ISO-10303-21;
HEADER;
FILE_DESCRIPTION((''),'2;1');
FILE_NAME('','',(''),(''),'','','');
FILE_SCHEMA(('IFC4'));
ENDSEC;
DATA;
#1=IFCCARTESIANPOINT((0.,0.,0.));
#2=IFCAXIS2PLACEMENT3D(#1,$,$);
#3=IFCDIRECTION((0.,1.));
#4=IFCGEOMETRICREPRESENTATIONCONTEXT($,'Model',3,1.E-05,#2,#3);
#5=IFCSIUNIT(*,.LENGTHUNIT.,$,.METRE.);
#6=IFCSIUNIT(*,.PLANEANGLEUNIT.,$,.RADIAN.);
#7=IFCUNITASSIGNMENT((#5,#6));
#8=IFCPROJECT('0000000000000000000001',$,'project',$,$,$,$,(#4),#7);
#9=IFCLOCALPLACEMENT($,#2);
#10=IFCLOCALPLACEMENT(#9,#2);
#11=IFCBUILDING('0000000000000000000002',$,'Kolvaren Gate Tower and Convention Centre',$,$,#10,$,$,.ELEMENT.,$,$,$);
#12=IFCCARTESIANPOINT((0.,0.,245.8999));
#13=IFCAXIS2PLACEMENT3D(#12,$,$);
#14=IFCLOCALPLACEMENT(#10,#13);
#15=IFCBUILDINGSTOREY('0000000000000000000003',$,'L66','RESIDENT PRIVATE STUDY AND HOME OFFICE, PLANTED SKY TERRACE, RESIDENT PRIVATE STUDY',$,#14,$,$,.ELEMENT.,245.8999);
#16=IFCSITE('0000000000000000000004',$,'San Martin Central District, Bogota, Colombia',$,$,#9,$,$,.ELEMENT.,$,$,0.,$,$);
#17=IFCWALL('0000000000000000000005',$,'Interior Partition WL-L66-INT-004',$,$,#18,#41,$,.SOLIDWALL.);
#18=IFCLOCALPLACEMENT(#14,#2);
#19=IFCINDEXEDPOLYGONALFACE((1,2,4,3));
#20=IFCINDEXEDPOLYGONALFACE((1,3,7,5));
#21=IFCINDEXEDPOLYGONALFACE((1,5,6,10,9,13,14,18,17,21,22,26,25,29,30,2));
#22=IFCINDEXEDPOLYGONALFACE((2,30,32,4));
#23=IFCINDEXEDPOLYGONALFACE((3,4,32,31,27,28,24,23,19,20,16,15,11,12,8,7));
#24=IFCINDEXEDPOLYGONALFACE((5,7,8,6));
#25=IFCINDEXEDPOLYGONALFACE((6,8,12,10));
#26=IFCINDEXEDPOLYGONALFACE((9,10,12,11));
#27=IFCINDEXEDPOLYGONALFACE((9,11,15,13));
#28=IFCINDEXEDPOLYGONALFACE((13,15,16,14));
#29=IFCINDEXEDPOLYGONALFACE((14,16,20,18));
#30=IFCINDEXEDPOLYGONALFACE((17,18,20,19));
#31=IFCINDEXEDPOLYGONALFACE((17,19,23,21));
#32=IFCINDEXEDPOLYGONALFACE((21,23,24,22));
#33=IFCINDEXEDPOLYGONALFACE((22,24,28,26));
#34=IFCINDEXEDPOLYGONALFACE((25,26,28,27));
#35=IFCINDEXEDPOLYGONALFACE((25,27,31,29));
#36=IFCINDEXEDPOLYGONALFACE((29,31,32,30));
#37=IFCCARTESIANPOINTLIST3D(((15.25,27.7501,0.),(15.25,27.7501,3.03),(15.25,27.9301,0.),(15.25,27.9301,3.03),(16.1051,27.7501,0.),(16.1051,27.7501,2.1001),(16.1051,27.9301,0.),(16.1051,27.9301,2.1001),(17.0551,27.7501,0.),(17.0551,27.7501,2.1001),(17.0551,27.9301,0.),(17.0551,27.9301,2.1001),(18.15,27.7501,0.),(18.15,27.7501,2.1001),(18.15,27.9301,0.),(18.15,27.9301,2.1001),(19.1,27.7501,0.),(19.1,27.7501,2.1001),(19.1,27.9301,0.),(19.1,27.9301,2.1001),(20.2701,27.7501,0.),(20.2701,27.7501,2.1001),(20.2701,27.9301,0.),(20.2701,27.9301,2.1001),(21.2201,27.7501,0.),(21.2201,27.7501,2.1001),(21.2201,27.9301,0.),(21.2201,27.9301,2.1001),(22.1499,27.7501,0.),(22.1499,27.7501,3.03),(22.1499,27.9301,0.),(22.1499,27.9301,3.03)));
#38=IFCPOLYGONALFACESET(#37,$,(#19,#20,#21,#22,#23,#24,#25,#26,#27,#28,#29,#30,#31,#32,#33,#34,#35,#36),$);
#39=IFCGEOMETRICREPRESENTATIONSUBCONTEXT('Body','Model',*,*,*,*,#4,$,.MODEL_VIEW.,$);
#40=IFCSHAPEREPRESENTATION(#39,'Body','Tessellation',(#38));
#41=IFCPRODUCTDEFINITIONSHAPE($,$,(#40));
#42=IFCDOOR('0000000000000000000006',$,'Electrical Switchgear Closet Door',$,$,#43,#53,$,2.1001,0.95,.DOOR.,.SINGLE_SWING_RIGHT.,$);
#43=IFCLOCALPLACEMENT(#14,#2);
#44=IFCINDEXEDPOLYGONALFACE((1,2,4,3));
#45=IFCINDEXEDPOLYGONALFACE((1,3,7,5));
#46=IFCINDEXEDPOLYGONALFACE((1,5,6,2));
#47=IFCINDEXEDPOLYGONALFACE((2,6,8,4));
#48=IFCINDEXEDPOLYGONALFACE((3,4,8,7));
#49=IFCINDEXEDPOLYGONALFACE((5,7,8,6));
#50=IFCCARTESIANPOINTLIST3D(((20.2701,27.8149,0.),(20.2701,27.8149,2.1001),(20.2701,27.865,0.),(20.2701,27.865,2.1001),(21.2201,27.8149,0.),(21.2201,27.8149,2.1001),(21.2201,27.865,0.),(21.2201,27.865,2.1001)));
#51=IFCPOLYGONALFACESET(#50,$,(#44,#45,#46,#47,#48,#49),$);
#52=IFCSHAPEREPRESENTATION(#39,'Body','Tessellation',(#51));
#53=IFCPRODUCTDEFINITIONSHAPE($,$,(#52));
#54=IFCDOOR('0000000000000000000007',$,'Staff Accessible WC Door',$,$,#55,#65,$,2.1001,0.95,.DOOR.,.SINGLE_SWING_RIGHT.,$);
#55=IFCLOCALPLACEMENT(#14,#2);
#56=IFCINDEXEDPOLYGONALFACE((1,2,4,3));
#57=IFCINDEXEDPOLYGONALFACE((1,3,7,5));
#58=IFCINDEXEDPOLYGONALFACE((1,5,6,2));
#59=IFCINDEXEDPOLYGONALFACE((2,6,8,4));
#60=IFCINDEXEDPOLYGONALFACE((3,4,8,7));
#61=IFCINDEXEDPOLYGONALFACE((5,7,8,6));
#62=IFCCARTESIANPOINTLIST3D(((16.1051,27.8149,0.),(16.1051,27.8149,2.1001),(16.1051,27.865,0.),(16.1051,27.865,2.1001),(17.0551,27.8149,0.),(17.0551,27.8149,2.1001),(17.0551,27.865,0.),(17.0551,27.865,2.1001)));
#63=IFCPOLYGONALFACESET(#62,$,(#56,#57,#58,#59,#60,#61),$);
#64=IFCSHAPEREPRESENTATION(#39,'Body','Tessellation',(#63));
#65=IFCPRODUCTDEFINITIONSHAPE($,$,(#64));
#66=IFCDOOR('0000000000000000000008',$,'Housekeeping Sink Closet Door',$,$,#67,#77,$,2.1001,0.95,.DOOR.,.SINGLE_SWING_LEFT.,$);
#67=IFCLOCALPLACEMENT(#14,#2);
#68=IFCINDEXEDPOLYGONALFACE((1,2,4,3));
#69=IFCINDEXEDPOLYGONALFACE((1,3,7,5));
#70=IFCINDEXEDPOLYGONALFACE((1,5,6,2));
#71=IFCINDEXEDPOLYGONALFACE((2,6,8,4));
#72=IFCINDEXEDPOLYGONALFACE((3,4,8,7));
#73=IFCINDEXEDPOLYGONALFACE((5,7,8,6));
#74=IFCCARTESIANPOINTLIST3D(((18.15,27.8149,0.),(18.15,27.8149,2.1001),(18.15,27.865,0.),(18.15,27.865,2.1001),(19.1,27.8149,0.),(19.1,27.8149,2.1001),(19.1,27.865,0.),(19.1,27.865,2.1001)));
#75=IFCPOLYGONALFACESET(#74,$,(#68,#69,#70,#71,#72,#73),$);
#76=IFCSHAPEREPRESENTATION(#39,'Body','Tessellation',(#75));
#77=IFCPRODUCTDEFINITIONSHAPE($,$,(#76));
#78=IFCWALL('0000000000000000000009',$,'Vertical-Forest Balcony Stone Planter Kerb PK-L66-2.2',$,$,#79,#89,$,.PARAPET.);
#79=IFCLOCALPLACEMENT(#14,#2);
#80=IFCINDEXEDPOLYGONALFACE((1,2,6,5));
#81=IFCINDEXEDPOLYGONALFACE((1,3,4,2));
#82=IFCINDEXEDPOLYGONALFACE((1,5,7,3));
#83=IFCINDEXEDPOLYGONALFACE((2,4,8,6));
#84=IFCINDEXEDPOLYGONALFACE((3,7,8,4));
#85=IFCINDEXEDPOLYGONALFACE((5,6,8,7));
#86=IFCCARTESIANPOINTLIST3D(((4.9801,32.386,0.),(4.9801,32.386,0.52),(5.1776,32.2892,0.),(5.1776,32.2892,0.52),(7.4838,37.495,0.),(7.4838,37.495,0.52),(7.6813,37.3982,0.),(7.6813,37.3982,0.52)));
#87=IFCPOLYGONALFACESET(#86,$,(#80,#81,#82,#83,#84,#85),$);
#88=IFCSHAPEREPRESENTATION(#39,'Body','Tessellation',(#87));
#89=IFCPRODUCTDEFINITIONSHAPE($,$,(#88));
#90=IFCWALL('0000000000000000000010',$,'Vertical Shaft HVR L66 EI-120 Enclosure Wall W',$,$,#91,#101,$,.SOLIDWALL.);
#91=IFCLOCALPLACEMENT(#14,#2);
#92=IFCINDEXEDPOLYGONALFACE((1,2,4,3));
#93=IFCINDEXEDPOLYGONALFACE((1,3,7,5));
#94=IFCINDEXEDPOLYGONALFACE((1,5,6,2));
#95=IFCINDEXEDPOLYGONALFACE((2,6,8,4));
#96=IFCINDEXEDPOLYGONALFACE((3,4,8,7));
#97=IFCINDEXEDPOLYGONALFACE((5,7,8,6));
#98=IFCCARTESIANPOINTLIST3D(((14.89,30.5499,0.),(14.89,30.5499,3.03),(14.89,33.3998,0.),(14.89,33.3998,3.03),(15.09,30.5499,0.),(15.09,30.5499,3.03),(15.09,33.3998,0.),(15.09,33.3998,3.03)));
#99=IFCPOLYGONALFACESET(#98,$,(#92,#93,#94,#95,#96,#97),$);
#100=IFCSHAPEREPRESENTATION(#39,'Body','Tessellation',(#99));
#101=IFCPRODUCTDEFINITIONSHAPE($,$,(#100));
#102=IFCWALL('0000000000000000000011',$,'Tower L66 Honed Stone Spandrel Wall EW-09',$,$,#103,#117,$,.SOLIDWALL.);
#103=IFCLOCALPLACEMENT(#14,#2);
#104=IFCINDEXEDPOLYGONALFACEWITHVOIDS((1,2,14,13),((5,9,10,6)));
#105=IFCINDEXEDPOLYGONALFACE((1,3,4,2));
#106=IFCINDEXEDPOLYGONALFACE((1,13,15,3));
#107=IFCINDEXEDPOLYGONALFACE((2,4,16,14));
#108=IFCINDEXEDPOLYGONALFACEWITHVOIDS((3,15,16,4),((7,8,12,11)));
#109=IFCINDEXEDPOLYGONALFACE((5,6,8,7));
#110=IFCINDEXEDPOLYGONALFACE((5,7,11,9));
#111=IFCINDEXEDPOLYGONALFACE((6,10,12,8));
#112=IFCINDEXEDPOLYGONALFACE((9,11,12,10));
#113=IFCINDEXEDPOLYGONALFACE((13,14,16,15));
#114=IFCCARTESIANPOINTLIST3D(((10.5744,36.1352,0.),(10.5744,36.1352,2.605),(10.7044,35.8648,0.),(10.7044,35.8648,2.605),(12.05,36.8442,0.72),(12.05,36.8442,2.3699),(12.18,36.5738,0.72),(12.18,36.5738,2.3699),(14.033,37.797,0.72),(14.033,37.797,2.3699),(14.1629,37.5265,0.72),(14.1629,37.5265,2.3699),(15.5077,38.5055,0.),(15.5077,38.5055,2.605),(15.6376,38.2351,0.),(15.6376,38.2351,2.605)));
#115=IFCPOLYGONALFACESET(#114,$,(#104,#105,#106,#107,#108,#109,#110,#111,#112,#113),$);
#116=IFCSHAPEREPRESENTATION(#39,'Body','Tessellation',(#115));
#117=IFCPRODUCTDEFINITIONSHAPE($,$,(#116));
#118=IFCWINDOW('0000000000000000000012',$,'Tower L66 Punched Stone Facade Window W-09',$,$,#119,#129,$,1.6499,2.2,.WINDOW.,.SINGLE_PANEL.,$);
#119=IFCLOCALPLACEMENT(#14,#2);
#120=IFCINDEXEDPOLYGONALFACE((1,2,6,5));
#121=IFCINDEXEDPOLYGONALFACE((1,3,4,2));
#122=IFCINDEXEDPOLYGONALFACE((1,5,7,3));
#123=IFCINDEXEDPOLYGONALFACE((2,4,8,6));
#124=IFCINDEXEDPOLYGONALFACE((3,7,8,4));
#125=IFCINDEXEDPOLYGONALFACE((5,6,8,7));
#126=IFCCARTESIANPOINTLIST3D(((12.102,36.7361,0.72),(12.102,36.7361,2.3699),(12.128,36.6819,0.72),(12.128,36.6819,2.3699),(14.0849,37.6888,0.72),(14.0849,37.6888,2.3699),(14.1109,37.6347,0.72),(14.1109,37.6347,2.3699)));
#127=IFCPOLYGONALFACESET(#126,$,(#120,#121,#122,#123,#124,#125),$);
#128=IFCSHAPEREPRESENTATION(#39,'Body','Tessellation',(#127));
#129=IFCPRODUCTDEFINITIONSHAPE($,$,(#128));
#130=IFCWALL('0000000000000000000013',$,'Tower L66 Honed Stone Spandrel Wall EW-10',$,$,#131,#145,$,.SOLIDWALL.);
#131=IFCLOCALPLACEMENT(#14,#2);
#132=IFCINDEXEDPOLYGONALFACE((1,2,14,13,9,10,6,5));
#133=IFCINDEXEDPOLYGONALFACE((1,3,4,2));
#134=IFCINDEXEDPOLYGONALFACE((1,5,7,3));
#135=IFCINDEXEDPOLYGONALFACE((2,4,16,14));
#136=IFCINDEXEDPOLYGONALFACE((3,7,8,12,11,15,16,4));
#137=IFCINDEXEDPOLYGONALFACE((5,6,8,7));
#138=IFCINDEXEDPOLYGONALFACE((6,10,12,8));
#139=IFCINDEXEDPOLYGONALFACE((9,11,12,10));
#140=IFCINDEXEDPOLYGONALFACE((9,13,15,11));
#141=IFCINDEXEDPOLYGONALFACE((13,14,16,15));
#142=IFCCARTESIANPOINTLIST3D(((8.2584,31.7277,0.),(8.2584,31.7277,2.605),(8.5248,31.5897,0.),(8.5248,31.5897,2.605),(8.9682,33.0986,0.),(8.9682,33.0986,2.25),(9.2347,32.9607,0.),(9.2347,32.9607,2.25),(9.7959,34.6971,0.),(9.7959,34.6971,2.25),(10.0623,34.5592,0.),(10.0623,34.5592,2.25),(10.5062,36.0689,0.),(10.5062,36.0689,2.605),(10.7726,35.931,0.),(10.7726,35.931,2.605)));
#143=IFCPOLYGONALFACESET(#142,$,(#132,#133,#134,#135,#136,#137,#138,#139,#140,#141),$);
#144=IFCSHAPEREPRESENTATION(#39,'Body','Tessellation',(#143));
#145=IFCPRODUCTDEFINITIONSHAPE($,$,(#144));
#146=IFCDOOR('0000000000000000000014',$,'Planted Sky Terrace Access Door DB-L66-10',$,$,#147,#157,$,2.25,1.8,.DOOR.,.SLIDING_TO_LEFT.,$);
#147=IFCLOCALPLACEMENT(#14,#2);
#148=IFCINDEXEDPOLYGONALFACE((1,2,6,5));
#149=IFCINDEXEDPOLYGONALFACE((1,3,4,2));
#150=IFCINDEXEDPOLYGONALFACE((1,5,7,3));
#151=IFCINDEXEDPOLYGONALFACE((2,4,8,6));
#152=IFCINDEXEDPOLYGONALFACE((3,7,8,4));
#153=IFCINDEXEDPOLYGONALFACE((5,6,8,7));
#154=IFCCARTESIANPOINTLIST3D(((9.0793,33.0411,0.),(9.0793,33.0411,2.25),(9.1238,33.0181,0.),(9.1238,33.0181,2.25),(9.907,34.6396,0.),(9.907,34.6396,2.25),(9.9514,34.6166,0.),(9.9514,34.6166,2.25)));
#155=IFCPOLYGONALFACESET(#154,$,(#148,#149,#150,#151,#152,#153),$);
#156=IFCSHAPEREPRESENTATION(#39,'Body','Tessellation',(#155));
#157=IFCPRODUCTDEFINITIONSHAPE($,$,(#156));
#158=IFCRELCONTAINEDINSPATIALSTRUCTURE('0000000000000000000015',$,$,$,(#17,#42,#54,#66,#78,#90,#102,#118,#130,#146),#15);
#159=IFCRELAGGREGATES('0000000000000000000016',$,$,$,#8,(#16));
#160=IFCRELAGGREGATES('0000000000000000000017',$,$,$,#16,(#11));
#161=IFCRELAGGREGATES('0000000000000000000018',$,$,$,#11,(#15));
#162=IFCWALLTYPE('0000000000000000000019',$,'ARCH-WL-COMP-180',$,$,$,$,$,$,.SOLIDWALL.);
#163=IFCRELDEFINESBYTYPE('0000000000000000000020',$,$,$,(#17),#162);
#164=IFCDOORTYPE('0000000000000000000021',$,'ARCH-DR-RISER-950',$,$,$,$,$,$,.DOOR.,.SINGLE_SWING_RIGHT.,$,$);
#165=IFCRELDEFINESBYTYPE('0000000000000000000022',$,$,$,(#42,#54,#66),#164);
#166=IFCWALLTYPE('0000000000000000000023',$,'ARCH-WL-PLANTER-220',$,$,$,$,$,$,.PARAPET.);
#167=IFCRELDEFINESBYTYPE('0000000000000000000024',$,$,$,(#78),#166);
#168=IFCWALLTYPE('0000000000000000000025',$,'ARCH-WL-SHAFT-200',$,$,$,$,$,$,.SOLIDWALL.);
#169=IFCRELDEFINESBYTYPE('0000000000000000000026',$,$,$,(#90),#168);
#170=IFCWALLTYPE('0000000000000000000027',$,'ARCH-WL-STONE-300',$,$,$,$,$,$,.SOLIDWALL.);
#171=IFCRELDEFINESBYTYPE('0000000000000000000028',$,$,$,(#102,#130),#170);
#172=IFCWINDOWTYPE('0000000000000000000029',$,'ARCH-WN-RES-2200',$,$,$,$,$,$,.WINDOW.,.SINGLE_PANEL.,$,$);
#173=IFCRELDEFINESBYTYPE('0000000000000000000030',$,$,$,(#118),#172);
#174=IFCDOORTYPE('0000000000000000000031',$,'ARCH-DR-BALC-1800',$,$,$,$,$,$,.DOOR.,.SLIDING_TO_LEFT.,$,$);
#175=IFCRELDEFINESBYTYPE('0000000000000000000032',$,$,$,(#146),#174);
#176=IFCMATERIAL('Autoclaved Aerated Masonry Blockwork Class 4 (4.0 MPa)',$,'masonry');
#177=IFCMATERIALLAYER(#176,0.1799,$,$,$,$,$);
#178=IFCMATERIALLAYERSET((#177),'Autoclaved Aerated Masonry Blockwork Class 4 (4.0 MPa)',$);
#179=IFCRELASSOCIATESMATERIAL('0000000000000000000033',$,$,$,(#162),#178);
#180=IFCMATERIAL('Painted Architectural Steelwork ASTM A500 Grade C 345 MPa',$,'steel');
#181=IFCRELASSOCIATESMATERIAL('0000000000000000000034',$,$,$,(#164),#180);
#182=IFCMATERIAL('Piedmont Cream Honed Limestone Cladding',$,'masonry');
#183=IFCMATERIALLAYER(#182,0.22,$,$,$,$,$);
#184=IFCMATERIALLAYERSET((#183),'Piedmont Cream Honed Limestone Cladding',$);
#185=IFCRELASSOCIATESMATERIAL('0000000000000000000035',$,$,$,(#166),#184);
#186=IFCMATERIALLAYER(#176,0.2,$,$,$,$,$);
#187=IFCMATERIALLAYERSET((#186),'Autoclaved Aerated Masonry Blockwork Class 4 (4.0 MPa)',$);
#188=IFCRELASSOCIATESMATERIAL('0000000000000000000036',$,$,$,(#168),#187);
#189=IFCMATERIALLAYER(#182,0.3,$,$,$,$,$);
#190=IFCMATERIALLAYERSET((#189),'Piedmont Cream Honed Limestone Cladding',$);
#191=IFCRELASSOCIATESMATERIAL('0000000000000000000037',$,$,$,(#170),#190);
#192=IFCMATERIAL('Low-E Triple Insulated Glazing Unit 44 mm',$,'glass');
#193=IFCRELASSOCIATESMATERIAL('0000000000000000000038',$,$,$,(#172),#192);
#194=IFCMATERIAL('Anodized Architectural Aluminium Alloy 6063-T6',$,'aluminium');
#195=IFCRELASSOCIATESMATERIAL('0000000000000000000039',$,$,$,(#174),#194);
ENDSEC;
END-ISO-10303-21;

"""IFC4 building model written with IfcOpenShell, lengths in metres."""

from ifc_helpers import new_model, si_unit, direction, frame, frame_2d, origin, place, context, subcontext, project, spatial, rectangle, extrude, material, layer, layer_set, type_object, element, fill, save


model = new_model("IFC4")

# Units and contexts
model_context = context("Model", 3, precision=1e-05, world=origin(), true_north=direction((0.0, 1.0)))
body_context = subcontext(model_context, "Body", "Model", "MODEL_VIEW")
ifc_project = project(units=[si_unit("LENGTHUNIT", "METRE"), si_unit("PLANEANGLEUNIT", "RADIAN")], contexts=[model_context])

# Site, building, storey
site_placement = place(None, origin())
site = spatial("IfcSite", under=ifc_project, at=site_placement, Name="San Martin Central District, Bogota, Colombia", CompositionType="ELEMENT", RefElevation=0.0)
building_placement = place(site_placement, origin())
building = spatial("IfcBuilding", under=site, at=building_placement, Name="Kolvaren Gate Tower and Convention Centre", CompositionType="ELEMENT")
storey_placement = place(building_placement, frame((0.0, 0.0, 245.8999)))
storey = spatial("IfcBuildingStorey", under=building, at=storey_placement, Name="L66", Description="RESIDENT PRIVATE STUDY AND HOME OFFICE, PLANTED SKY TERRACE, RESIDENT PRIVATE STUDY", CompositionType="ELEMENT", Elevation=245.8999)

# Wall, openings, doors
ifc_material_1 = material(Name="Autoclaved Aerated Masonry Blockwork Class 4 (4.0 MPa)", Category="masonry")
ifc_layer_1 = layer(ifc_material_1, 0.1799)
ifc_layer_set_1 = layer_set([ifc_layer_1], Name="Autoclaved Aerated Masonry Blockwork Class 4 (4.0 MPa)")
wall_type_1 = type_object("IfcWallType", Name="ARCH-WL-COMP-180", PredefinedType="SOLIDWALL", material=ifc_layer_set_1)
wall_1_placement = place(storey_placement, frame((15.25, 27.8401, 0.0), z_axis=(0.0, 0.0, 1.0), x_axis=(1.0, 0.0, 0.0)))
wall_1 = element("IfcWall", 1, at=wall_1_placement, inside=storey, type_object=wall_type_1, Name="Interior Partition WL-L66-INT-004", PredefinedType="SOLIDWALL", context=body_context, shape_type="SweptSolid", body=[
    extrude(rectangle(XDim=6.8999, YDim=0.1799, at=frame_2d((3.45, 0.0))), origin(), (0.0, 0.0, 1.0), 3.03),
])
opening_1_placement = place(wall_1_placement, frame((5.02, 0.0, 0.0)))
opening_1 = element("IfcOpeningElement", 2, at=opening_1_placement, cuts=wall_1, PredefinedType="OPENING", context=body_context, shape_type="SweptSolid", body=[
    extrude(rectangle(XDim=0.95, YDim=2.1001, at=frame_2d((0.4751, 1.05))), frame((0.0, 0.0999, 0.0), z_axis=(0.0, -1.0, 0.0), x_axis=(1.0, 0.0, 0.0)), (0.0, 0.0, 1.0), 0.2),
])
opening_2_placement = place(wall_1_placement, frame((0.855, 0.0, 0.0)))
opening_2 = element("IfcOpeningElement", 3, at=opening_2_placement, cuts=wall_1, PredefinedType="OPENING", context=body_context, shape_type="SweptSolid", body=[
    extrude(rectangle(XDim=0.95, YDim=2.1001, at=frame_2d((0.4751, 1.05))), frame((0.0, 0.0999, 0.0), z_axis=(0.0, -1.0, 0.0), x_axis=(1.0, 0.0, 0.0)), (0.0, 0.0, 1.0), 0.2),
])
opening_3_placement = place(wall_1_placement, frame((2.8999, 0.0, 0.0)))
opening_3 = element("IfcOpeningElement", 4, at=opening_3_placement, cuts=wall_1, PredefinedType="OPENING", context=body_context, shape_type="SweptSolid", body=[
    extrude(rectangle(XDim=0.95, YDim=2.1001, at=frame_2d((0.4751, 1.05))), frame((0.0, 0.0999, 0.0), z_axis=(0.0, -1.0, 0.0), x_axis=(1.0, 0.0, 0.0)), (0.0, 0.0, 1.0), 0.2),
])
ifc_material_2 = material(Name="Painted Architectural Steelwork ASTM A500 Grade C 345 MPa", Category="steel")
door_type_1 = type_object("IfcDoorType", Name="ARCH-DR-RISER-950", OperationType="SINGLE_SWING_RIGHT", PredefinedType="DOOR", material=ifc_material_2)
door_1_placement = place(opening_1_placement, origin())
door_1 = element("IfcDoor", 5, at=door_1_placement, inside=storey, type_object=door_type_1, Name="Electrical Switchgear Closet Door", OperationType="SINGLE_SWING_RIGHT", OverallHeight=2.1001, OverallWidth=0.95, PredefinedType="DOOR", context=body_context, shape_type="SweptSolid", body=[
    extrude(rectangle(XDim=0.95, YDim=2.1001, at=frame_2d((0.4751, 1.05))), frame((0.0, 0.0249, 0.0), z_axis=(0.0, -1.0, 0.0), x_axis=(1.0, 0.0, 0.0)), (0.0, 0.0, 1.0), 0.05),
])
fill(opening_1, door_1)
door_2_placement = place(opening_2_placement, origin())
door_2 = element("IfcDoor", 6, at=door_2_placement, inside=storey, type_object=door_type_1, Name="Staff Accessible WC Door", OperationType="SINGLE_SWING_RIGHT", OverallHeight=2.1001, OverallWidth=0.95, PredefinedType="DOOR", context=body_context, shape_type="SweptSolid", body=[
    extrude(rectangle(XDim=0.95, YDim=2.1001, at=frame_2d((0.4751, 1.05))), frame((0.0, 0.0249, 0.0), z_axis=(0.0, -1.0, 0.0), x_axis=(1.0, 0.0, 0.0)), (0.0, 0.0, 1.0), 0.05),
])
fill(opening_2, door_2)
door_3_placement = place(opening_3_placement, origin())
door_3 = element("IfcDoor", 7, at=door_3_placement, inside=storey, type_object=door_type_1, Name="Housekeeping Sink Closet Door", OperationType="SINGLE_SWING_LEFT", OverallHeight=2.1001, OverallWidth=0.95, PredefinedType="DOOR", context=body_context, shape_type="SweptSolid", body=[
    extrude(rectangle(XDim=0.95, YDim=2.1001, at=frame_2d((0.4751, 1.05))), frame((0.0, 0.0249, 0.0), z_axis=(0.0, -1.0, 0.0), x_axis=(1.0, 0.0, 0.0)), (0.0, 0.0, 1.0), 0.05),
])
fill(opening_3, door_3)

# Walls
ifc_material_3 = material(Name="Piedmont Cream Honed Limestone Cladding", Category="masonry")
ifc_layer_2 = layer(ifc_material_3, 0.22)
ifc_layer_set_2 = layer_set([ifc_layer_2], Name="Piedmont Cream Honed Limestone Cladding")
wall_type_2 = type_object("IfcWallType", Name="ARCH-WL-PLANTER-220", PredefinedType="PARAPET", material=ifc_layer_set_2)
wall_2_placement = place(storey_placement, frame((5.0789, 32.3376, 0.0), z_axis=(0.0, 0.0, 1.0), x_axis=(0.440059, 0.897969, 0.0)))
element("IfcWall", 8, at=wall_2_placement, inside=storey, type_object=wall_type_2, Name="Vertical-Forest Balcony Stone Planter Kerb PK-L66-2.2", PredefinedType="PARAPET", context=body_context, shape_type="SweptSolid", body=[
    extrude(rectangle(XDim=5.6895, YDim=0.22, at=frame_2d((2.8447, 0.0))), origin(), (0.0, 0.0, 1.0), 0.52),
])
ifc_layer_3 = layer(ifc_material_1, 0.2)
ifc_layer_set_3 = layer_set([ifc_layer_3], Name="Autoclaved Aerated Masonry Blockwork Class 4 (4.0 MPa)")
wall_type_3 = type_object("IfcWallType", Name="ARCH-WL-SHAFT-200", PredefinedType="SOLIDWALL", material=ifc_layer_set_3)
wall_3_placement = place(storey_placement, frame((14.99, 30.55, 0.0), z_axis=(0.0, 0.0, 1.0), x_axis=(0.0, 1.0, 0.0)))
element("IfcWall", 9, at=wall_3_placement, inside=storey, type_object=wall_type_3, Name="Vertical Shaft HVR L66 EI-120 Enclosure Wall W", PredefinedType="SOLIDWALL", context=body_context, shape_type="SweptSolid", body=[
    extrude(rectangle(XDim=2.8499, YDim=0.2, at=frame_2d((1.4248, 0.0))), origin(), (0.0, 0.0, 1.0), 3.03),
])

# Wall, opening, window
ifc_layer_4 = layer(ifc_material_3, 0.3)
ifc_layer_set_4 = layer_set([ifc_layer_4], Name="Piedmont Cream Honed Limestone Cladding")
wall_type_4 = type_object("IfcWallType", Name="ARCH-WL-STONE-300", PredefinedType="SOLIDWALL", material=ifc_layer_set_4)
wall_4_placement = place(storey_placement, frame((10.6394, 36.0, 0.0), z_axis=(0.0, 0.0, 1.0), x_axis=(0.901355, 0.433081, 0.0)))
wall_4 = element("IfcWall", 10, at=wall_4_placement, inside=storey, type_object=wall_type_4, Name="Tower L66 Honed Stone Spandrel Wall EW-09", PredefinedType="SOLIDWALL", context=body_context, shape_type="SweptSolid", body=[
    extrude(rectangle(XDim=5.4731, YDim=0.3, at=frame_2d((2.7366, 0.0))), origin(), (0.0, 0.0, 1.0), 2.605),
])
opening_4_placement = place(wall_4_placement, frame((1.637, 0.0, 0.72)))
opening_4 = element("IfcOpeningElement", 11, at=opening_4_placement, cuts=wall_4, PredefinedType="OPENING", context=body_context, shape_type="SweptSolid", body=[
    extrude(rectangle(XDim=2.2, YDim=1.6499, at=frame_2d((1.1001, 0.825))), frame((0.0, 0.1599, 0.0), z_axis=(0.0, -1.0, 0.0), x_axis=(1.0, 0.0, 0.0)), (0.0, 0.0, 1.0), 0.3201),
])
ifc_material_4 = material(Name="Low-E Triple Insulated Glazing Unit 44 mm", Category="glass")
window_type = type_object("IfcWindowType", Name="ARCH-WN-RES-2200", PartitioningType="SINGLE_PANEL", PredefinedType="WINDOW", material=ifc_material_4)
window_1_placement = place(opening_4_placement, origin())
window_1 = element("IfcWindow", 12, at=window_1_placement, inside=storey, type_object=window_type, Name="Tower L66 Punched Stone Facade Window W-09", OverallHeight=1.6499, OverallWidth=2.2, PartitioningType="SINGLE_PANEL", PredefinedType="WINDOW", context=body_context, shape_type="SweptSolid", body=[
    extrude(rectangle(XDim=2.2, YDim=1.6499, at=frame_2d((1.1001, 0.825))), frame((0.0, 0.03, 0.0), z_axis=(0.0, -1.0, 0.0), x_axis=(1.0, 0.0, 0.0)), (0.0, 0.0, 1.0), 0.0601),
])
fill(opening_4, window_1)

# Wall, opening, door
wall_5_placement = place(storey_placement, frame((8.3916, 31.6587, 0.0), z_axis=(0.0, 0.0, 1.0), x_axis=(0.459794, 0.888026, 0.0)))
wall_5 = element("IfcWall", 13, at=wall_5_placement, inside=storey, type_object=wall_type_4, Name="Tower L66 Honed Stone Spandrel Wall EW-10", PredefinedType="SOLIDWALL", context=body_context, shape_type="SweptSolid", body=[
    extrude(rectangle(XDim=4.8887, YDim=0.3, at=frame_2d((2.4443, 0.0))), origin(), (0.0, 0.0, 1.0), 2.605),
])
opening_5_placement = place(wall_5_placement, frame((1.5439, 0.0, 0.0)))
opening_5 = element("IfcOpeningElement", 14, at=opening_5_placement, cuts=wall_5, PredefinedType="OPENING", context=body_context, shape_type="SweptSolid", body=[
    extrude(rectangle(XDim=1.8, YDim=2.25, at=frame_2d((0.8999, 1.125))), frame((0.0, 0.1599, 0.0), z_axis=(0.0, -1.0, 0.0), x_axis=(1.0, 0.0, 0.0)), (0.0, 0.0, 1.0), 0.3201),
])
ifc_material_5 = material(Name="Anodized Architectural Aluminium Alloy 6063-T6", Category="aluminium")
door_type_2 = type_object("IfcDoorType", Name="ARCH-DR-BALC-1800", OperationType="SLIDING_TO_LEFT", PredefinedType="DOOR", material=ifc_material_5)
door_4_placement = place(opening_5_placement, origin())
door_4 = element("IfcDoor", 15, at=door_4_placement, inside=storey, type_object=door_type_2, Name="Planted Sky Terrace Access Door DB-L66-10", OperationType="SLIDING_TO_LEFT", OverallHeight=2.25, OverallWidth=1.8, PredefinedType="DOOR", context=body_context, shape_type="SweptSolid", body=[
    extrude(rectangle(XDim=1.8, YDim=2.25, at=frame_2d((0.8999, 1.125))), frame((0.0, 0.0249, 0.0), z_axis=(0.0, -1.0, 0.0), x_axis=(1.0, 0.0, 0.0)), (0.0, 0.0, 1.0), 0.05),
])
fill(opening_5, door_4)

save(model, "model.ifc")
